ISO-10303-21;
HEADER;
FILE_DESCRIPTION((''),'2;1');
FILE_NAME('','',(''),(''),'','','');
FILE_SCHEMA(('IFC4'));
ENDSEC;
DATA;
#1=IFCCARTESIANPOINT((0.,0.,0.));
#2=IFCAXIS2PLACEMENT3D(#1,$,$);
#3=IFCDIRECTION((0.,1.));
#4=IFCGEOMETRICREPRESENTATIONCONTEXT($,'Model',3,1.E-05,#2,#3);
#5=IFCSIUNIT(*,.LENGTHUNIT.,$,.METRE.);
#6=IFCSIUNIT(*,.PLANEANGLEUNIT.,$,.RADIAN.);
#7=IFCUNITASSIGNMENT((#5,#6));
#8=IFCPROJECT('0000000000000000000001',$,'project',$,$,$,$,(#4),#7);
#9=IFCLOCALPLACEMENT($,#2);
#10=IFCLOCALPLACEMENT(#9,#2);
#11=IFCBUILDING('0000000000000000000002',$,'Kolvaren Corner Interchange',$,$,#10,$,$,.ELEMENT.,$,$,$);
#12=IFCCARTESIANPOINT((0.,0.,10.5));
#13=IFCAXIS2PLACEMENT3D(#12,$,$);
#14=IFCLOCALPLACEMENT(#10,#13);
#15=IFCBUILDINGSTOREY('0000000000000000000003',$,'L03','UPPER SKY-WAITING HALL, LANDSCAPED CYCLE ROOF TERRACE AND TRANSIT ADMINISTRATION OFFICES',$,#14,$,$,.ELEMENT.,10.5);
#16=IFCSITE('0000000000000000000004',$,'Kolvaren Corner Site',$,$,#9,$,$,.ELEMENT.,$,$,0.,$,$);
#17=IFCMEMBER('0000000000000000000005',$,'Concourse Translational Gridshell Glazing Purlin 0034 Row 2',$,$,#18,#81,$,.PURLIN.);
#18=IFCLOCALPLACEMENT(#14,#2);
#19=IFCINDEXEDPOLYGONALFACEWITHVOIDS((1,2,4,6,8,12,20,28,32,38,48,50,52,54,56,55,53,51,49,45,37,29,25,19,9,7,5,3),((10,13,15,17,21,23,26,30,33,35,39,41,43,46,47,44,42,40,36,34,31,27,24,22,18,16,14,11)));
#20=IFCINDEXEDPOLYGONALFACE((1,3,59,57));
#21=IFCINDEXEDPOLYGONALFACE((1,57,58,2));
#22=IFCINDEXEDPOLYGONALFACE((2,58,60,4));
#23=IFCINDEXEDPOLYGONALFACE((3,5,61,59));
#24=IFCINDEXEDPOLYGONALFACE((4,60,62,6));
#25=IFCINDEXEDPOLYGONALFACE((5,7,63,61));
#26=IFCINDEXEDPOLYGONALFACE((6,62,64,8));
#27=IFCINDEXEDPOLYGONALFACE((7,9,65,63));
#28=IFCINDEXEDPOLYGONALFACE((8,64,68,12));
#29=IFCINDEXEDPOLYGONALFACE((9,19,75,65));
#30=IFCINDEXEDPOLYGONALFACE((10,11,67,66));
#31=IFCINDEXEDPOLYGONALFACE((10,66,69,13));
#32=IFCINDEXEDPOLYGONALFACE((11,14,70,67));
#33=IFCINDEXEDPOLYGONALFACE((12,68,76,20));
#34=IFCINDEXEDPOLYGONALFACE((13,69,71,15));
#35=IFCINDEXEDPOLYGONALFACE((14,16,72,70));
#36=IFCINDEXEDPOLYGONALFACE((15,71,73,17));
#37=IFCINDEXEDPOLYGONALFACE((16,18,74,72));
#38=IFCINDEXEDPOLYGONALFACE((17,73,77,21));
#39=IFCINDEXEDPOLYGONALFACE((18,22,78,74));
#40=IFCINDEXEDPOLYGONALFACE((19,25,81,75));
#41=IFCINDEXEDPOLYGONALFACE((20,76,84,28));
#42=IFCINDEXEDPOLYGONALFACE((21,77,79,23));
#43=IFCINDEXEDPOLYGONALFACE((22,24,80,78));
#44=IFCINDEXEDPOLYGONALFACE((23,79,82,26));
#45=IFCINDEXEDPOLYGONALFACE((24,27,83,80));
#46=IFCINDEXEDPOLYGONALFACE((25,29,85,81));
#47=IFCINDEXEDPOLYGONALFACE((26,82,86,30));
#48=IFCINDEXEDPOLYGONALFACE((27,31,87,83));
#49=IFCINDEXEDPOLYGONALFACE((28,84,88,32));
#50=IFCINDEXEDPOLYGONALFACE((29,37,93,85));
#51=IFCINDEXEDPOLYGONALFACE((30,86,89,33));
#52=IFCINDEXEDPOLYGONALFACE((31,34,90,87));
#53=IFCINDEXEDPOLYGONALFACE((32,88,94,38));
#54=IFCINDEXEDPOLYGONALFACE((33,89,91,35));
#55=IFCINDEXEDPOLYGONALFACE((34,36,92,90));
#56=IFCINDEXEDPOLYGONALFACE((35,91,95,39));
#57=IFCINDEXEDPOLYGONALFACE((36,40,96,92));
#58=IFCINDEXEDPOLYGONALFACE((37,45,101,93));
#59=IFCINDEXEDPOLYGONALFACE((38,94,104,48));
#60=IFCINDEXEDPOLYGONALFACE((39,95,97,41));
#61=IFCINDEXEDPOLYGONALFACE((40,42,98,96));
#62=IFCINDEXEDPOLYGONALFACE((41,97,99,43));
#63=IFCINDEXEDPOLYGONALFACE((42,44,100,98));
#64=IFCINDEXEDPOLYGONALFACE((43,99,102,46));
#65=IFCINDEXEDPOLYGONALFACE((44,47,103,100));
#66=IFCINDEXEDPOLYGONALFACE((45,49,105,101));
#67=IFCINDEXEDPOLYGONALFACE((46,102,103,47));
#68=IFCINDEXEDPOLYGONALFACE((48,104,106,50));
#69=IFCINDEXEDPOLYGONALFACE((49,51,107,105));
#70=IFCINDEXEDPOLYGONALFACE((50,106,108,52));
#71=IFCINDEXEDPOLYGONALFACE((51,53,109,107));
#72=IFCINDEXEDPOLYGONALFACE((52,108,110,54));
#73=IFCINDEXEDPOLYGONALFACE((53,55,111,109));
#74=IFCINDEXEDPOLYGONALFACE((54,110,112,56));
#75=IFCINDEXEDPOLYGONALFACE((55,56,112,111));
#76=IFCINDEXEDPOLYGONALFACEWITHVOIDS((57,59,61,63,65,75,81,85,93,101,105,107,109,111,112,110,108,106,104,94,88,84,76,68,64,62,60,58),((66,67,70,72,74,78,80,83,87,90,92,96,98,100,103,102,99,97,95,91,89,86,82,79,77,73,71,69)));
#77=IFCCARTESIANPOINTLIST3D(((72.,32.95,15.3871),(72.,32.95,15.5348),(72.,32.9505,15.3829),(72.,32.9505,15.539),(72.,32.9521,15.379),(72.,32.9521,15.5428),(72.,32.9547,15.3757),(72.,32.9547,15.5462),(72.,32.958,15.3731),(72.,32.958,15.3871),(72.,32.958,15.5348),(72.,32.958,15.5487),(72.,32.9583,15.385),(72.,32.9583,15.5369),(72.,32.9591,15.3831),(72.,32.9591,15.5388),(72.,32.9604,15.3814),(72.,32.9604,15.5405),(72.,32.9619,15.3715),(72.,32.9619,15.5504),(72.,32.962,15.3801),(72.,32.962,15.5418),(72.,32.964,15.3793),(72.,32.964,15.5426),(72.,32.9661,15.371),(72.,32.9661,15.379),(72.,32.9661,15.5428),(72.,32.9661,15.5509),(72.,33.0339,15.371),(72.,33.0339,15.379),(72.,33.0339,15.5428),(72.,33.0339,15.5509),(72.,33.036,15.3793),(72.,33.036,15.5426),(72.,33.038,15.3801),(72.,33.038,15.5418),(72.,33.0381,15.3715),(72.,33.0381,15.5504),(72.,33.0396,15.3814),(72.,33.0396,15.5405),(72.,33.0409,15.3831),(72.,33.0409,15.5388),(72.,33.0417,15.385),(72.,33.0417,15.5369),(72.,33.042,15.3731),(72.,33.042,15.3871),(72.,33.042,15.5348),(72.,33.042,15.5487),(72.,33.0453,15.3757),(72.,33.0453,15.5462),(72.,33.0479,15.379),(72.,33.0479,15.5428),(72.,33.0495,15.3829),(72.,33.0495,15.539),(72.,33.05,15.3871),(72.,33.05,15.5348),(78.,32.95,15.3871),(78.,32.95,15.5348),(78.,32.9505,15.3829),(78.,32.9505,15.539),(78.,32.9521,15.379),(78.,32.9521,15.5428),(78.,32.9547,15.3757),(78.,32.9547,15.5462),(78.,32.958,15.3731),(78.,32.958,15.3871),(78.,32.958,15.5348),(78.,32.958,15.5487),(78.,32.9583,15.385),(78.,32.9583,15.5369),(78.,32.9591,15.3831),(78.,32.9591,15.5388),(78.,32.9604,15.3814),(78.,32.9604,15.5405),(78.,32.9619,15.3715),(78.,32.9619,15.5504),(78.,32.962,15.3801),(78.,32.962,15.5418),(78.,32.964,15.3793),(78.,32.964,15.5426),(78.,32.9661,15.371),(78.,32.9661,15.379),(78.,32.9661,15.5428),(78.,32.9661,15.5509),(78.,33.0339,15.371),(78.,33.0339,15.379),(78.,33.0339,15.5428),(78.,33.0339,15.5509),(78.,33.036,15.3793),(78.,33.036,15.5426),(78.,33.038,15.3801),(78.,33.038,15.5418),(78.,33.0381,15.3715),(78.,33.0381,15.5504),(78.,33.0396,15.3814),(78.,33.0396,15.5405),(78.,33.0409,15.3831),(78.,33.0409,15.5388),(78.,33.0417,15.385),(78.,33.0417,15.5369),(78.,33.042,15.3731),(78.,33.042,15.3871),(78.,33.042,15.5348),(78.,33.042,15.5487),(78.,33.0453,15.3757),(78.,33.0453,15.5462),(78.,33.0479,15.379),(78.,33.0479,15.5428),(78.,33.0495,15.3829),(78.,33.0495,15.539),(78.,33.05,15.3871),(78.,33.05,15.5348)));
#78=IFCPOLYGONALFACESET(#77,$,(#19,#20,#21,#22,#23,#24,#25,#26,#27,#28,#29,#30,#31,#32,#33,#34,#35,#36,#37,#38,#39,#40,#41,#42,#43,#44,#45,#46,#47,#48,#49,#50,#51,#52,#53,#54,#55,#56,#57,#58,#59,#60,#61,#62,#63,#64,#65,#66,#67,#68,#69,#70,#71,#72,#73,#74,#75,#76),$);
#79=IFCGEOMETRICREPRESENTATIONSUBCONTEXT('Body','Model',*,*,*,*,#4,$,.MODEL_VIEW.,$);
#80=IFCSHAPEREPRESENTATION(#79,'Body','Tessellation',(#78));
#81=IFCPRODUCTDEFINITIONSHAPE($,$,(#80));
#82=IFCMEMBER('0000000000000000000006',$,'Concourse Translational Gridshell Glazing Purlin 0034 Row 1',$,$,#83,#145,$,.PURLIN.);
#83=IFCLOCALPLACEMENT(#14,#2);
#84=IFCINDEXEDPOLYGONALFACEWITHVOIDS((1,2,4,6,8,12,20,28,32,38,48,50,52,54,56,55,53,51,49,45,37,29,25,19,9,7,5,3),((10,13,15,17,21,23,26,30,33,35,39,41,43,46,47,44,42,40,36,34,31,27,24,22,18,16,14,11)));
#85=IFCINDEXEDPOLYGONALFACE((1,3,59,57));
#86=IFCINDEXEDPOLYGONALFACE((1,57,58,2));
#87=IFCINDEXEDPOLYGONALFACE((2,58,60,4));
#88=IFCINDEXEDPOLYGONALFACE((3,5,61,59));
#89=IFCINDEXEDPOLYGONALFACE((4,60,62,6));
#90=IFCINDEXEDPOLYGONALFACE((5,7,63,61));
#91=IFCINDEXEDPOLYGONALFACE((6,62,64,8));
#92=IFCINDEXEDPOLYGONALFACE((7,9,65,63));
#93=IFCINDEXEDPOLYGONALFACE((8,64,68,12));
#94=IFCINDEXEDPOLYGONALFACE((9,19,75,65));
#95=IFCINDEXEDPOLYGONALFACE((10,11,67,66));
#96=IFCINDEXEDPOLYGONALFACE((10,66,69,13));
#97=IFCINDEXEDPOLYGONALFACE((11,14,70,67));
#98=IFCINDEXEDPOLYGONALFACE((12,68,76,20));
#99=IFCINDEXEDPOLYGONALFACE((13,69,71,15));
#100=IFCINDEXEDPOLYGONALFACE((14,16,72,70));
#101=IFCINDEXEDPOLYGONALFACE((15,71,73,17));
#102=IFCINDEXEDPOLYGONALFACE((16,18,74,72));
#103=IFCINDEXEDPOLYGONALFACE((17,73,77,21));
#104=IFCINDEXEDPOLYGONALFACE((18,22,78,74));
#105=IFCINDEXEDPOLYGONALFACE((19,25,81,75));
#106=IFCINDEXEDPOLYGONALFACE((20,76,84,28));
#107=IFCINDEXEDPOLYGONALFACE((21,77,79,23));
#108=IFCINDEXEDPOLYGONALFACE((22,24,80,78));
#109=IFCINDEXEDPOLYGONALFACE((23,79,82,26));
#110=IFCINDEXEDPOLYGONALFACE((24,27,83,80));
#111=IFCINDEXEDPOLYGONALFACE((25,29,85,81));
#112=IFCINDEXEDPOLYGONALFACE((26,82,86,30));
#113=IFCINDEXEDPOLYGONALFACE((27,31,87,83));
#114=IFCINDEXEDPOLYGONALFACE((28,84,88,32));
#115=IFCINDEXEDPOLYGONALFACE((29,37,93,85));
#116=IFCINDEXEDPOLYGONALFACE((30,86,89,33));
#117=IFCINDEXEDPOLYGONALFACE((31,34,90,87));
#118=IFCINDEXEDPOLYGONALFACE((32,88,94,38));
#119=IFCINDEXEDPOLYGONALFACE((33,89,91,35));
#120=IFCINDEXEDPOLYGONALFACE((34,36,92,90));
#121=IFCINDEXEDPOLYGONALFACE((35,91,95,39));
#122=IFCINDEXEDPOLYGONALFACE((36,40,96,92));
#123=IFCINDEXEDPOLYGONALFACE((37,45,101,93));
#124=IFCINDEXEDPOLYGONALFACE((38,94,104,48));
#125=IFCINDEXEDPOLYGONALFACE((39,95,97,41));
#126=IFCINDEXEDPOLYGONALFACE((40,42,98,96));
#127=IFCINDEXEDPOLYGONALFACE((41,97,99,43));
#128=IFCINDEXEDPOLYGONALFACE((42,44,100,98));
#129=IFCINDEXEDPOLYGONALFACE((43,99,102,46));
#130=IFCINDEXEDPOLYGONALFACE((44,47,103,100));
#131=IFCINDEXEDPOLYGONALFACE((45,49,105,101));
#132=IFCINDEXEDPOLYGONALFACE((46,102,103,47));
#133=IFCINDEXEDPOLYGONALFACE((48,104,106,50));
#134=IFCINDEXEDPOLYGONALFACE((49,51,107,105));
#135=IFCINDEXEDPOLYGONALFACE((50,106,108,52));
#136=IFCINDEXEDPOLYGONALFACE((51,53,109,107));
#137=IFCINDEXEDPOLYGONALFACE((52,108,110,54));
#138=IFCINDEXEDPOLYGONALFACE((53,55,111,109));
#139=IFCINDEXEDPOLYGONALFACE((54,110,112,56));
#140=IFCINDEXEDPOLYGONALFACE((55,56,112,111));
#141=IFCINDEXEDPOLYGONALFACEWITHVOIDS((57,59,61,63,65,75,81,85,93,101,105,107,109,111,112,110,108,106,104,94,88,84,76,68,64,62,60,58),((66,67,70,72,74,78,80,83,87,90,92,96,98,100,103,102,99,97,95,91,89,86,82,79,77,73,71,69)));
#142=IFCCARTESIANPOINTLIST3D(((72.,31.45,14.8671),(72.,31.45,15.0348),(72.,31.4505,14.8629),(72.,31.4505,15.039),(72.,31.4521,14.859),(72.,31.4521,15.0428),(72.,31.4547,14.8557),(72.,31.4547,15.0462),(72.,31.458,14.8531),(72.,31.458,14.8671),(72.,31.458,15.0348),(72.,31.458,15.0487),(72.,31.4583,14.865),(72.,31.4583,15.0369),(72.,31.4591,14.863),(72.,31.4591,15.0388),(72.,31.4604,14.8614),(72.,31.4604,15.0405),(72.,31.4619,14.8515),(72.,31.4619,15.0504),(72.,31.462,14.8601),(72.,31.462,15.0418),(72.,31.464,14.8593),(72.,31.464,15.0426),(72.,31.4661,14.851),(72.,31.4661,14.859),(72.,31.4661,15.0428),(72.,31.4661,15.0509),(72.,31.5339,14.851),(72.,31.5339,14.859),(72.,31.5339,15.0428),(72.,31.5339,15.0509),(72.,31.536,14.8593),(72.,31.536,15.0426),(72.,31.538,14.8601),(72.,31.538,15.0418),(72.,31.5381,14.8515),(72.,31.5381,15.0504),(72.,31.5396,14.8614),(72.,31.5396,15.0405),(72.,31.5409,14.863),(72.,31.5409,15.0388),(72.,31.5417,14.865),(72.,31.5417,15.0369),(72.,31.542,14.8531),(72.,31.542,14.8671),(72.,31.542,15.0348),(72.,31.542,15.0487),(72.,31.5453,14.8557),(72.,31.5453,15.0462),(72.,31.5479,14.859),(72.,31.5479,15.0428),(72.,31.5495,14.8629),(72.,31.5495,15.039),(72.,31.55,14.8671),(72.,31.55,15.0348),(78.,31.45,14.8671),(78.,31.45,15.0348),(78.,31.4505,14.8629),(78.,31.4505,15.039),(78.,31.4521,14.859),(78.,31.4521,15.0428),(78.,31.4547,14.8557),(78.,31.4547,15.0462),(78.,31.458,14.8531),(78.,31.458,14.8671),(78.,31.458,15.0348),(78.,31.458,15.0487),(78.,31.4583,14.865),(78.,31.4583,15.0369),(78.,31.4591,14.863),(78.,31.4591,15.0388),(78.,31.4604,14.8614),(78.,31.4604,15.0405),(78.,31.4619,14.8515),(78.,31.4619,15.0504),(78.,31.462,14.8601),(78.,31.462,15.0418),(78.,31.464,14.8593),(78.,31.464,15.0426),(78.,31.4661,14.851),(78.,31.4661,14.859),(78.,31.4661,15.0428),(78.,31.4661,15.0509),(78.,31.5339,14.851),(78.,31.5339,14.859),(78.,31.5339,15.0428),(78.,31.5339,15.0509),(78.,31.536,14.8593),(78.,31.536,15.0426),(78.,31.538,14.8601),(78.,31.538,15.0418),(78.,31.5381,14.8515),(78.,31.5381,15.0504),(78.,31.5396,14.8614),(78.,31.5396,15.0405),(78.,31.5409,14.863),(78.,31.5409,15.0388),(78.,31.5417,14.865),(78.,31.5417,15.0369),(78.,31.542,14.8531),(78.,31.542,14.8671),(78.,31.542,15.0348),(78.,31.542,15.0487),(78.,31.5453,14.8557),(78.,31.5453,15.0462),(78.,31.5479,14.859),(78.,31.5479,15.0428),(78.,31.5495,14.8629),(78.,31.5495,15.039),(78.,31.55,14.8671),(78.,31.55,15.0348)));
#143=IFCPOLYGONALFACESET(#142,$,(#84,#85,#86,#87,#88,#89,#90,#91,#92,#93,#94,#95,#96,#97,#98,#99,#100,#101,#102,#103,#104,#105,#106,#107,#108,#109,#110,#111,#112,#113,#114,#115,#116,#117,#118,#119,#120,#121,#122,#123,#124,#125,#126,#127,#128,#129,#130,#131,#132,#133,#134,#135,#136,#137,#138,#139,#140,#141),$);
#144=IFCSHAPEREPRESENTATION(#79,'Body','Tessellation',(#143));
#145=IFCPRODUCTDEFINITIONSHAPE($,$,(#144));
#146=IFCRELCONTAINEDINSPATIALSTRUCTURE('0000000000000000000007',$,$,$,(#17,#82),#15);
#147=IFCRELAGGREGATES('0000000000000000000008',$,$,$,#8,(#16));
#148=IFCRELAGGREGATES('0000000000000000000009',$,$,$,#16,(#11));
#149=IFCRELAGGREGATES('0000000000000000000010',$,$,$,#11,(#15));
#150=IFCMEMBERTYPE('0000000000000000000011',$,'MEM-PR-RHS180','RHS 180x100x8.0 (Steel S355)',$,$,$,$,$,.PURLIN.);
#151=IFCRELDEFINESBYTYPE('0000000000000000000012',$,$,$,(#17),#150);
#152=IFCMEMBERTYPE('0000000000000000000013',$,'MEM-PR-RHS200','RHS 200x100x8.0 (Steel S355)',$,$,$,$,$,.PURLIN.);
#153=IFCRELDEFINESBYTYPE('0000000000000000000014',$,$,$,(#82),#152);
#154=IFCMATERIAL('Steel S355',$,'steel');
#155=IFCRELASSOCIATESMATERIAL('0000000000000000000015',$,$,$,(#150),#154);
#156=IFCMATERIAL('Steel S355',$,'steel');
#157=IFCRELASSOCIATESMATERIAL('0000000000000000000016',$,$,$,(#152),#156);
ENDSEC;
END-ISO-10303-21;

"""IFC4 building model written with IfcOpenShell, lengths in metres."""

from ifc_helpers import new_model, si_unit, direction, frame, origin, origin_2d, place, context, subcontext, project, spatial, hollow_rectangle, extrude, material, material_profile, profile_set, type_object, element, save


model = new_model("IFC4")

# Units and contexts
model_context = context("Model", 3, precision=1e-05, world=origin(), true_north=direction((0.0, 1.0)))
body_context = subcontext(model_context, "Body", "Model", "MODEL_VIEW")
ifc_project = project(units=[si_unit("LENGTHUNIT", "METRE"), si_unit("PLANEANGLEUNIT", "RADIAN")], contexts=[model_context])

# Site, building, storey
site_placement = place(None, origin())
site = spatial("IfcSite", under=ifc_project, at=site_placement, Name="Kolvaren Corner Site", CompositionType="ELEMENT", RefElevation=0.0)
building_placement = place(site_placement, origin())
building = spatial("IfcBuilding", under=site, at=building_placement, Name="Kolvaren Corner Interchange", CompositionType="ELEMENT")
storey_placement = place(building_placement, frame((0.0, 0.0, 10.5)))
storey = spatial("IfcBuildingStorey", under=building, at=storey_placement, Name="L03", Description="UPPER SKY-WAITING HALL, LANDSCAPED CYCLE ROOF TERRACE AND TRANSIT ADMINISTRATION OFFICES", CompositionType="ELEMENT", Elevation=10.5)

# Members
ifc_material_1 = material(Name="Steel S355", Category="steel")
ifc_material_profile_1 = material_profile(ifc_material_1, hollow_rectangle(XDim=0.1001, YDim=0.1799, WallThickness=0.0081, InnerFilletRadius=0.0081, OuterFilletRadius=0.0161, at=origin_2d()), Name="RHS 180x100x8.0")
ifc_profile_set_1 = profile_set([ifc_material_profile_1], Name="Steel S355")
member_type_1 = type_object("IfcMemberType", Name="MEM-PR-RHS180", Description="RHS 180x100x8.0 (Steel S355)", PredefinedType="PURLIN", material=ifc_profile_set_1)
member_1_placement = place(storey_placement, frame((72.0, 33.0, 15.4609), z_axis=(1.0, 0.0, 0.0), x_axis=(0.0, 1.0, 0.0)))
element("IfcMember", 1, at=member_1_placement, inside=storey, type_object=member_type_1, Name="Concourse Translational Gridshell Glazing Purlin 0034 Row 2", PredefinedType="PURLIN", context=body_context, shape_type="SweptSolid", body=[
    extrude(hollow_rectangle(XDim=0.1001, YDim=0.1799, WallThickness=0.0081, InnerFilletRadius=0.0081, OuterFilletRadius=0.0161, at=origin_2d()), origin(), (0.0, 0.0, 1.0), 6.0),
])
ifc_material_2 = material(Name="Steel S355", Category="steel")
ifc_material_profile_2 = material_profile(ifc_material_2, hollow_rectangle(XDim=0.1001, YDim=0.2, WallThickness=0.0081, InnerFilletRadius=0.0081, OuterFilletRadius=0.0161, at=origin_2d()), Name="RHS 200x100x8.0")
ifc_profile_set_2 = profile_set([ifc_material_profile_2], Name="Steel S355")
member_type_2 = type_object("IfcMemberType", Name="MEM-PR-RHS200", Description="RHS 200x100x8.0 (Steel S355)", PredefinedType="PURLIN", material=ifc_profile_set_2)
for number, where, z_axis, x_axis, name in (
    (2, (72.0, 31.5, 14.9509), (1.0, 0.0, 0.0), (0.0, 1.0, 0.0), "Concourse Translational Gridshell Glazing Purlin 0034 Row 1"),
):
    element("IfcMember", number, at=place(storey_placement, frame(where, z_axis=z_axis, x_axis=x_axis)), inside=storey, type_object=member_type_2, Name=name, PredefinedType="PURLIN", context=body_context, shape_type="SweptSolid", body=[
        extrude(hollow_rectangle(XDim=0.1001, YDim=0.2, WallThickness=0.0081, InnerFilletRadius=0.0081, OuterFilletRadius=0.0161, at=origin_2d()), origin(), (0.0, 0.0, 1.0), 6.0),
    ])

save(model, "model.ifc")
